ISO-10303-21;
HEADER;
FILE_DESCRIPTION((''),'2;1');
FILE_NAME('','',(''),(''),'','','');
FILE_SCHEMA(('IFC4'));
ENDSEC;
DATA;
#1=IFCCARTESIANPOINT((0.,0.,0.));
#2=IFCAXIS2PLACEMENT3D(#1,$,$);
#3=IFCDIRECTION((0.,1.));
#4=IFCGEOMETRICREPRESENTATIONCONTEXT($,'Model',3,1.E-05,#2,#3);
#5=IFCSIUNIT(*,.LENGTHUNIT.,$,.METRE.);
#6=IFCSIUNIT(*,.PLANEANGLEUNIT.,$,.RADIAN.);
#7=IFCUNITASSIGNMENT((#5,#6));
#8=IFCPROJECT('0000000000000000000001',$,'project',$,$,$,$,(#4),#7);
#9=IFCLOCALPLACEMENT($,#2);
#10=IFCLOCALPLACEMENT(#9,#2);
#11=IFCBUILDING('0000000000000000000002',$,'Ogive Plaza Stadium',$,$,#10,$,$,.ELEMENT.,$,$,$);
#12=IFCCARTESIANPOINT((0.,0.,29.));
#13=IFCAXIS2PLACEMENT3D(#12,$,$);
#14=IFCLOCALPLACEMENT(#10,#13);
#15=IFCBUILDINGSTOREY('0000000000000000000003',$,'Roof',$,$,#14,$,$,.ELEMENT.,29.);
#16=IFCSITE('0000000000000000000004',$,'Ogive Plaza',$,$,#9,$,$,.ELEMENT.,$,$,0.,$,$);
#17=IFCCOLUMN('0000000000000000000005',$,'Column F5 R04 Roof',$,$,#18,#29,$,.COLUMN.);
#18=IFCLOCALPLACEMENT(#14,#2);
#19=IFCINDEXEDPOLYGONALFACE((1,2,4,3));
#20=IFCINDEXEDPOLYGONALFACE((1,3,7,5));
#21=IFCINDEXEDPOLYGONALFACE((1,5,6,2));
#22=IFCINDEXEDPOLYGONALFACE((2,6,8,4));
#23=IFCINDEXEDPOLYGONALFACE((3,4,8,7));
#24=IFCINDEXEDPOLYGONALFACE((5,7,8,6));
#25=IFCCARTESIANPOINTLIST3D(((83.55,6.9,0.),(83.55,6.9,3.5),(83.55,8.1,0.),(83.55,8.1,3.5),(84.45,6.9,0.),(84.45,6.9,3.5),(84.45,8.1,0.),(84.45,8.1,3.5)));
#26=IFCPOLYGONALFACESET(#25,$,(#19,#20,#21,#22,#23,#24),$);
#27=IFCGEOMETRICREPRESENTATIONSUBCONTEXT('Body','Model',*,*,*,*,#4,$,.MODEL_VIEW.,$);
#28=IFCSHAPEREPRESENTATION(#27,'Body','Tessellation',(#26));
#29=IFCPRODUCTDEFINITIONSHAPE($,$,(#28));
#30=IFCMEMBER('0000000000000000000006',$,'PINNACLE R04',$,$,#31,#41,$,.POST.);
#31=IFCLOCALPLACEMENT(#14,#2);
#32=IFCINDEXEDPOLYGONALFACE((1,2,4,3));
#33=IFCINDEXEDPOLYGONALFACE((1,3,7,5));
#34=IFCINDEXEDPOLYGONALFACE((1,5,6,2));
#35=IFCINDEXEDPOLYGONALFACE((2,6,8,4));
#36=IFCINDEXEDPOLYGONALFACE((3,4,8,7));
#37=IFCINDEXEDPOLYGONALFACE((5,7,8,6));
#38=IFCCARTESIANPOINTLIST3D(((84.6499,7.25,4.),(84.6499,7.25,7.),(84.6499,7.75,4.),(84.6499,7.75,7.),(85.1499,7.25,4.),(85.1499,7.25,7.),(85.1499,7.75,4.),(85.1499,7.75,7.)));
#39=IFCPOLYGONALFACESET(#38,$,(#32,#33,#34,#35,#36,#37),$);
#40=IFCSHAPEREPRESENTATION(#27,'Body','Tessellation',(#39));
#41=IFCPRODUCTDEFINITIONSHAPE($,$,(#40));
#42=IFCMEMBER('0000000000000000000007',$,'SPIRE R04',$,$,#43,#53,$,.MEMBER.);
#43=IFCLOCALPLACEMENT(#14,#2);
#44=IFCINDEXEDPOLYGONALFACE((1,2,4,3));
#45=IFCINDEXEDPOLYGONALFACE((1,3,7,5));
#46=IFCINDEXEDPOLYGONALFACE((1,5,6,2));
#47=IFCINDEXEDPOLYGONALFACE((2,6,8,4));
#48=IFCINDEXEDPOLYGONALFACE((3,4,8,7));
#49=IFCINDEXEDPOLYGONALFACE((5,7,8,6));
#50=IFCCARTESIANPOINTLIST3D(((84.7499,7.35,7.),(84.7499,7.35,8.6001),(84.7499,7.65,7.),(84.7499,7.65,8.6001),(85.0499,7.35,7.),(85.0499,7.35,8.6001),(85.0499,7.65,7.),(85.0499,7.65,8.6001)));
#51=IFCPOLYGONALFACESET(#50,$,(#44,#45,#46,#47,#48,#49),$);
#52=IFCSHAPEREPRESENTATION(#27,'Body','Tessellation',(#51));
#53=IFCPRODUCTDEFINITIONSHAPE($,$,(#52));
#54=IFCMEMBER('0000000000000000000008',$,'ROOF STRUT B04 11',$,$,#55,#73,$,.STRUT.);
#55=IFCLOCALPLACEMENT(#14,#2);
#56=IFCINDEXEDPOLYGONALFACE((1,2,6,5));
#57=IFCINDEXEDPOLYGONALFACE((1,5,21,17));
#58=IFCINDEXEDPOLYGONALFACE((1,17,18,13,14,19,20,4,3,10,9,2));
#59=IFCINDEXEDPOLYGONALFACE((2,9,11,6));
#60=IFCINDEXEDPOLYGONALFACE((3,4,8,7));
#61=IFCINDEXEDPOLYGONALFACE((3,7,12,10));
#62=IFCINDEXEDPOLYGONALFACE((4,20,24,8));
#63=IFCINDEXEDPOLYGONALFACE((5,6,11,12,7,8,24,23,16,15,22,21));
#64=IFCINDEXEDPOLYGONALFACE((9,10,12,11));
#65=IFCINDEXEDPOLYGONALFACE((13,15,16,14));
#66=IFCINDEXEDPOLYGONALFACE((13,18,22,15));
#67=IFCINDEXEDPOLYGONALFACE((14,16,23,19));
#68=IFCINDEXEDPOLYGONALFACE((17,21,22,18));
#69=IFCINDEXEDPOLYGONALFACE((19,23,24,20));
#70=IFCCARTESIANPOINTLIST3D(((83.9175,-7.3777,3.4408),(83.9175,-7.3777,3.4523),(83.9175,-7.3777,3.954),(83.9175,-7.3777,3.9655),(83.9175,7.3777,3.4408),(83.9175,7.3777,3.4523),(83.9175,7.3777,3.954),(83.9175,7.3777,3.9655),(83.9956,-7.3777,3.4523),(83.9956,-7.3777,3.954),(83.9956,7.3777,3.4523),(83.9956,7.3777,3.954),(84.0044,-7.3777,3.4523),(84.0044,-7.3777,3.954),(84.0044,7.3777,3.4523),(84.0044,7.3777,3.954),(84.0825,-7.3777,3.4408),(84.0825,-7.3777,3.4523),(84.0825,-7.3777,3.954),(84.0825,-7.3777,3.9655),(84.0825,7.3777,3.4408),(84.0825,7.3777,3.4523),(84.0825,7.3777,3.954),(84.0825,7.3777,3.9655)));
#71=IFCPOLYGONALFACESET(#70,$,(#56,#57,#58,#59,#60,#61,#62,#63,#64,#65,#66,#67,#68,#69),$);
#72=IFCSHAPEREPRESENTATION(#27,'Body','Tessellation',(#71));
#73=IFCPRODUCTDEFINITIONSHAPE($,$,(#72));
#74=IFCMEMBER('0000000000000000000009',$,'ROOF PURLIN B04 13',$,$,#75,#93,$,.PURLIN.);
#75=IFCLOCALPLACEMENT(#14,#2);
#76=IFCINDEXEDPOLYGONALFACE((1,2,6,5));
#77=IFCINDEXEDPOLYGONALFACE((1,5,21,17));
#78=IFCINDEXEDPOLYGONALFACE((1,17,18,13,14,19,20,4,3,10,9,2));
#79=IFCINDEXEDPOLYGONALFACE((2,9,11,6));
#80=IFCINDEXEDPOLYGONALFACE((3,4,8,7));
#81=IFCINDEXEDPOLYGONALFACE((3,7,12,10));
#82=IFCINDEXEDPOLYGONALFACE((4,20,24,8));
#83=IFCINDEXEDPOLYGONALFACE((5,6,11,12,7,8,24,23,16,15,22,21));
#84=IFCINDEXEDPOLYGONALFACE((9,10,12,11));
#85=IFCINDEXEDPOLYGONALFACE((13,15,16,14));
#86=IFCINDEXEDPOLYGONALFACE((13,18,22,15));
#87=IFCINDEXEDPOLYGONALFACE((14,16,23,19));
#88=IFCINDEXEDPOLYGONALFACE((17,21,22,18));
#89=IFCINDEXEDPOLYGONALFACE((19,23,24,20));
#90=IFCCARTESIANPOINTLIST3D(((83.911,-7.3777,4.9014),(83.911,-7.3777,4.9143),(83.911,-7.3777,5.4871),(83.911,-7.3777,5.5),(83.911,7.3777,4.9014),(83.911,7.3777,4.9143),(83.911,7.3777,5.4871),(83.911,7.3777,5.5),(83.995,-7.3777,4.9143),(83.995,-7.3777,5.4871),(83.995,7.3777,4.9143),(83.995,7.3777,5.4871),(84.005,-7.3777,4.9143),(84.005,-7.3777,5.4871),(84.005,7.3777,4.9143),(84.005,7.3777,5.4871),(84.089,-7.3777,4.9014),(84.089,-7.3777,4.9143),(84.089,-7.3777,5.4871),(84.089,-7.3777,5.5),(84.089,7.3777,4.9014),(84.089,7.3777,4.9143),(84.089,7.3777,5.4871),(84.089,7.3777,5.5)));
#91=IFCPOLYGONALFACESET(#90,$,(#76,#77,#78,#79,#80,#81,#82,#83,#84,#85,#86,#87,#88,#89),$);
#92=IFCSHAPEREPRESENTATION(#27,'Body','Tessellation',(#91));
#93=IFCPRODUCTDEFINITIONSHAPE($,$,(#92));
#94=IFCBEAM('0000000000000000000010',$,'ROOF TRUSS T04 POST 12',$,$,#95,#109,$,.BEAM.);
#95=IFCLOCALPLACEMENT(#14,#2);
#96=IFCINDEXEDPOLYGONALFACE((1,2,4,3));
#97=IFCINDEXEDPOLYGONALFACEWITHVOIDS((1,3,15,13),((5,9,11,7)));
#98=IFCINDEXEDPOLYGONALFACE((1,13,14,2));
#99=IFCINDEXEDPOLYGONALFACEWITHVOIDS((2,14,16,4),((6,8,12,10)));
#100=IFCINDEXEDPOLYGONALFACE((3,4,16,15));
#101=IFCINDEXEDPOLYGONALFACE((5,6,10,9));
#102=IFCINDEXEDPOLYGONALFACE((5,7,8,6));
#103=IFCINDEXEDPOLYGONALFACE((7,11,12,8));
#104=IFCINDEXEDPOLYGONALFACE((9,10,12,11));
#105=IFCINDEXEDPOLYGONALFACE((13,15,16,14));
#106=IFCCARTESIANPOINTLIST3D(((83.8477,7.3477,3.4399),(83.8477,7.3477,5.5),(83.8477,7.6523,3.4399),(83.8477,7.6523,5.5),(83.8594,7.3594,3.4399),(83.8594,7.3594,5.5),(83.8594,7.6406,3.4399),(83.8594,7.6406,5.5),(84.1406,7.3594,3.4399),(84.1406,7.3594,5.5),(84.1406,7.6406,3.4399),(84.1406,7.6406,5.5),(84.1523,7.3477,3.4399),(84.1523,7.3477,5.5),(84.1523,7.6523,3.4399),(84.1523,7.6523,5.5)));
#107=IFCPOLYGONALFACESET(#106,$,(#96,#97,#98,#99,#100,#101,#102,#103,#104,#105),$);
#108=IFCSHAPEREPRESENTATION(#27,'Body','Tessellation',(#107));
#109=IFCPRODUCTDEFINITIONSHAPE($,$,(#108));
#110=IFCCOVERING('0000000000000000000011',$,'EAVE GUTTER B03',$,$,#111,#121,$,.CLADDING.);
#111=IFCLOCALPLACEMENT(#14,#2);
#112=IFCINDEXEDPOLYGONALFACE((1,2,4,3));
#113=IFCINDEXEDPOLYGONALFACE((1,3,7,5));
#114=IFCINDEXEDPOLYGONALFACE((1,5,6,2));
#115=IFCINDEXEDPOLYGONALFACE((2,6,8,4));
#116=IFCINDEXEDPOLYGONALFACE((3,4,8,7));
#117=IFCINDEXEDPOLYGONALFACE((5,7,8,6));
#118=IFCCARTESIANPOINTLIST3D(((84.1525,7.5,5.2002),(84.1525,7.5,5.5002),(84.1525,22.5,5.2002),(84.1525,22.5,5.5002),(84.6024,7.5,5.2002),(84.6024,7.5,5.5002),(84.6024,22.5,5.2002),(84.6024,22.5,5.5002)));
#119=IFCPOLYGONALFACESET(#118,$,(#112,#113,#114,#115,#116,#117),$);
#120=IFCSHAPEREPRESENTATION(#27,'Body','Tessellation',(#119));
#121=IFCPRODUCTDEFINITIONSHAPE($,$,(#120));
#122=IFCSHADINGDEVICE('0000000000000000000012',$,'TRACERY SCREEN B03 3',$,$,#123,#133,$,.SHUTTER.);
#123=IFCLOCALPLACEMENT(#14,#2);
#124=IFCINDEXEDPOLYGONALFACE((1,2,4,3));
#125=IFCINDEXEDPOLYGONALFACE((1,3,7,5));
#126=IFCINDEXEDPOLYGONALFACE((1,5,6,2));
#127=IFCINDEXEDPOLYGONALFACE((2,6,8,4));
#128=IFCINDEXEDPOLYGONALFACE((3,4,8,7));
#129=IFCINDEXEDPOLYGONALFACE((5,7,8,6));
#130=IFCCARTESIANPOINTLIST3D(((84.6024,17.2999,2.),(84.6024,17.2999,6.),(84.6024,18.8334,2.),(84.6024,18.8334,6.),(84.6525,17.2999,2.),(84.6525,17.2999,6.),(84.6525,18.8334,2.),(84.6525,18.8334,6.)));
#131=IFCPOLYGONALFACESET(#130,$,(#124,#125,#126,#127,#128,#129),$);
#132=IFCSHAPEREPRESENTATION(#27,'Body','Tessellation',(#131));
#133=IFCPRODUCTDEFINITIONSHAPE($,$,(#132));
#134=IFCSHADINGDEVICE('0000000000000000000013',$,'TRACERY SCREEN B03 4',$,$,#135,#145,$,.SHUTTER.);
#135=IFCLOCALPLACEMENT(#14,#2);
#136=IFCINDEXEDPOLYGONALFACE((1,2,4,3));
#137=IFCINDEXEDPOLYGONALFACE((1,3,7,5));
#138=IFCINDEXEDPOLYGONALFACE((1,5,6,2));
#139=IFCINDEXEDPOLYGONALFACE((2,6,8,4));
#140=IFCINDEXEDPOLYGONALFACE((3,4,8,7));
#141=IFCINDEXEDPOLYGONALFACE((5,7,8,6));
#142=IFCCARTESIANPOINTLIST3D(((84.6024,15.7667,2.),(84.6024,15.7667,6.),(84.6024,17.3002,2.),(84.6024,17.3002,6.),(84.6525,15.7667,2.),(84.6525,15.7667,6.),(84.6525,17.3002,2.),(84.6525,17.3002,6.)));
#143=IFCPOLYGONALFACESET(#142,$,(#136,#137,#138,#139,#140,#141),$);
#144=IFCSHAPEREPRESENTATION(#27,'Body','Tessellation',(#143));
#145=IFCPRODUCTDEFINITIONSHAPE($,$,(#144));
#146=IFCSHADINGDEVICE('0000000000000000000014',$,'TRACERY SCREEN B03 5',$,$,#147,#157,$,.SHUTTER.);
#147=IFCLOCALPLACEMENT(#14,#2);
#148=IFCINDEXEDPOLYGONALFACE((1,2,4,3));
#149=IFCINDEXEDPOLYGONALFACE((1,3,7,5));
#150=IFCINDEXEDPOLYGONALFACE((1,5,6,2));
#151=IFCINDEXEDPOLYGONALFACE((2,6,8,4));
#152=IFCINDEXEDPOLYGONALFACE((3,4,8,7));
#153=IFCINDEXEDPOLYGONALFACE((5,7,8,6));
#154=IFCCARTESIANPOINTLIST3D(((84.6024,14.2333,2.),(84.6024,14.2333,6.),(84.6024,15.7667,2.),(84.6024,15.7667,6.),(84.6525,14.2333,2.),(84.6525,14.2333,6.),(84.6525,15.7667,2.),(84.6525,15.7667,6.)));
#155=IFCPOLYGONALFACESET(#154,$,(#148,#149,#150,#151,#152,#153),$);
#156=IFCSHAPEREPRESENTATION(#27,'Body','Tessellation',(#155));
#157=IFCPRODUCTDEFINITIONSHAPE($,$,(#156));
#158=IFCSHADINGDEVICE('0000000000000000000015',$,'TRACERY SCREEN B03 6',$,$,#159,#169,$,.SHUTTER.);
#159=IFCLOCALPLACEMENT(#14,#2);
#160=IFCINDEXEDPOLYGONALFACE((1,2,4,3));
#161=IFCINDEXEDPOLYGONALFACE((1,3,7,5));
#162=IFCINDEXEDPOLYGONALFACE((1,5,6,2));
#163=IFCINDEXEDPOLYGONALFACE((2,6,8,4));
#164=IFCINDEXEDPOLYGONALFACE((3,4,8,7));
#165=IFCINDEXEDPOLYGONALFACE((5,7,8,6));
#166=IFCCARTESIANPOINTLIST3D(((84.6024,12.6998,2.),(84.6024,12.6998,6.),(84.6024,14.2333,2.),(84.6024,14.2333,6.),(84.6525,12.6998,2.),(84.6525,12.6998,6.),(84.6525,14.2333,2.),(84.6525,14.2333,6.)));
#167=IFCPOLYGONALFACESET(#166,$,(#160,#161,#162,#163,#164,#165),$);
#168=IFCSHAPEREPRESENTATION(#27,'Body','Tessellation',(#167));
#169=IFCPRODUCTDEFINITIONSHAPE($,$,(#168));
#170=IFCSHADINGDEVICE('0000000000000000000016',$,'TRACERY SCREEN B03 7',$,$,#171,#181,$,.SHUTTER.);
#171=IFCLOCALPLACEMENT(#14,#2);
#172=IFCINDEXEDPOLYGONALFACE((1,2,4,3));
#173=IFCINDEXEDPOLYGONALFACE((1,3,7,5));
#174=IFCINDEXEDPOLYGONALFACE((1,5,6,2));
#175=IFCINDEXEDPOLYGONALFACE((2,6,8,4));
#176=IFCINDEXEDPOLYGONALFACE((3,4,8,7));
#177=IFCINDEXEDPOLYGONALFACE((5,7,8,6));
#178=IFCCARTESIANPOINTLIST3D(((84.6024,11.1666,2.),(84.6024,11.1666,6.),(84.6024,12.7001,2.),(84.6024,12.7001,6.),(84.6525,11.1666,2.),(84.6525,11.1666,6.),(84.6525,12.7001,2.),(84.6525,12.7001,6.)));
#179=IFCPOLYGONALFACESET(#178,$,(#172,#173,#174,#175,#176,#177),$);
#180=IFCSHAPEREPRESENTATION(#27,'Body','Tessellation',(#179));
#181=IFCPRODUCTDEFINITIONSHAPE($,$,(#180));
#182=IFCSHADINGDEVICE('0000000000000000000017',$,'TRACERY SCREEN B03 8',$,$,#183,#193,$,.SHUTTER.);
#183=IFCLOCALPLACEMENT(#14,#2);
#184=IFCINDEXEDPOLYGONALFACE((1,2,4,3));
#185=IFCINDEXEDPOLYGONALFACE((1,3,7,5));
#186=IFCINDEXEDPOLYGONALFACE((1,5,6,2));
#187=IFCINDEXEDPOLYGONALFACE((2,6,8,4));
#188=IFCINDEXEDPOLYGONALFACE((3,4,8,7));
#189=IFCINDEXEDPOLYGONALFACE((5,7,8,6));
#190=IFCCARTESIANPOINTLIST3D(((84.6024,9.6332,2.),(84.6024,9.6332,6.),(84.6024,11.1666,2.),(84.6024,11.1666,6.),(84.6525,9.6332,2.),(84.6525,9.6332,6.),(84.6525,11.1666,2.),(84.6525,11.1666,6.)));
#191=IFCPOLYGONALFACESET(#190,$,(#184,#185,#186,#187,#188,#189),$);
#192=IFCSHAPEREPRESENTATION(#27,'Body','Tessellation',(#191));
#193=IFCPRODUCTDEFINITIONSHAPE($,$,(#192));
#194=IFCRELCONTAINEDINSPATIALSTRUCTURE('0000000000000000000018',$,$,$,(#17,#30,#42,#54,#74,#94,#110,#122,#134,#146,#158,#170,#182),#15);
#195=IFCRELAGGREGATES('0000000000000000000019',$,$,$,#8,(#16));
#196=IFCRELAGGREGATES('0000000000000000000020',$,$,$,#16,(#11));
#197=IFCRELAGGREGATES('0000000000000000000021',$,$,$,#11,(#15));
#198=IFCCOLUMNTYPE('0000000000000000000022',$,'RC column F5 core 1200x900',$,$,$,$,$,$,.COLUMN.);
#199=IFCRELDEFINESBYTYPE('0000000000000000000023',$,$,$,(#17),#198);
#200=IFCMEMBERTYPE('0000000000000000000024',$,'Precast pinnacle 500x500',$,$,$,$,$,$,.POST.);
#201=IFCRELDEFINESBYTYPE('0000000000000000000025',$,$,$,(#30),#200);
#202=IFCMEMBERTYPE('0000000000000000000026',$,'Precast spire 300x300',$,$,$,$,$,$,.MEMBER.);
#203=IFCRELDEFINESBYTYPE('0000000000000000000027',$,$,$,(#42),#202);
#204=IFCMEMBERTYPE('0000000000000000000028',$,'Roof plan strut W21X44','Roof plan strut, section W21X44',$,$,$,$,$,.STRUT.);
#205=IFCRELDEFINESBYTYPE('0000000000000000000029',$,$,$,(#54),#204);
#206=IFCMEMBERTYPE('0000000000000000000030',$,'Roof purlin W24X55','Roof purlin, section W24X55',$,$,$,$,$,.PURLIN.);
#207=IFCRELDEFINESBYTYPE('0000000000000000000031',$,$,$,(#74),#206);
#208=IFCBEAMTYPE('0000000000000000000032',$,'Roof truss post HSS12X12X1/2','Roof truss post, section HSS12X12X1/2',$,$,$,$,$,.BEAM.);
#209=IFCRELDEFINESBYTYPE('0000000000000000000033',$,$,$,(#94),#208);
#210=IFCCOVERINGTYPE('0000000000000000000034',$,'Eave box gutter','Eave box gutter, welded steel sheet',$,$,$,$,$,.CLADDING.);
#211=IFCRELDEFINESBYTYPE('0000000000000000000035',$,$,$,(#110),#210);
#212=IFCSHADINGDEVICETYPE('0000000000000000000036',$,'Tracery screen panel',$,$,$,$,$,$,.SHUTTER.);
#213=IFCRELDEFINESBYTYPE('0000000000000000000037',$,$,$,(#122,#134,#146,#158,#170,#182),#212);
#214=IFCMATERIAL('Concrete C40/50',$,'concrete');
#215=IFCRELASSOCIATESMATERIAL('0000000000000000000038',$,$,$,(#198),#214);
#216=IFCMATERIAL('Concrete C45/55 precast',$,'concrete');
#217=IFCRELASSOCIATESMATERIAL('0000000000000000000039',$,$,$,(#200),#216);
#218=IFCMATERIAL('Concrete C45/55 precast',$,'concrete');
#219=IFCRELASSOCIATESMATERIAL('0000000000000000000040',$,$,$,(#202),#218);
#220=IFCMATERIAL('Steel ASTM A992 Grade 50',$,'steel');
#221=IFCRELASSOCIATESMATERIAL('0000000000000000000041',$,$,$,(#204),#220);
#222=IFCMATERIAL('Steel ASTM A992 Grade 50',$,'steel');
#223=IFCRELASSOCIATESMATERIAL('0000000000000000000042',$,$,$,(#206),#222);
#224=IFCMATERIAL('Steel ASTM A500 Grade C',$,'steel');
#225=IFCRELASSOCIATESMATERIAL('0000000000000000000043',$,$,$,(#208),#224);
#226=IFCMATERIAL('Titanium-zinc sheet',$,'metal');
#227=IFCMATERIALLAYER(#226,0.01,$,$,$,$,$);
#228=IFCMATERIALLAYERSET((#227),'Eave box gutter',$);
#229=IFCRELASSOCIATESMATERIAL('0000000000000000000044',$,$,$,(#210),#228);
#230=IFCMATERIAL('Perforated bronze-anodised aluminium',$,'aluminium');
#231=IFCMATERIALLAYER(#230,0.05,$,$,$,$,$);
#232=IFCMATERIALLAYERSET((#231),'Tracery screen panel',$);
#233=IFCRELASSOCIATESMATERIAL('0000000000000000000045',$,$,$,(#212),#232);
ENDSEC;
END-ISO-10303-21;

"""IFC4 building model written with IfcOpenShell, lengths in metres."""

from ifc_helpers import new_model, si_unit, direction, frame, origin, origin_2d, place, context, subcontext, project, spatial, rectangle, hollow_rectangle, i_section, extrude, material, layer, layer_set, material_profile, profile_set, type_object, element, save


model = new_model("IFC4")

# Units and contexts
model_context = context("Model", 3, precision=1e-05, world=origin(), true_north=direction((0.0, 1.0)))
body_context = subcontext(model_context, "Body", "Model", "MODEL_VIEW")
ifc_project = project(units=[si_unit("LENGTHUNIT", "METRE"), si_unit("PLANEANGLEUNIT", "RADIAN")], contexts=[model_context])

# Site, building, storey
site_placement = place(None, origin())
site = spatial("IfcSite", under=ifc_project, at=site_placement, Name="Ogive Plaza", CompositionType="ELEMENT", RefElevation=0.0)
building_placement = place(site_placement, origin())
building = spatial("IfcBuilding", under=site, at=building_placement, Name="Ogive Plaza Stadium", CompositionType="ELEMENT")
storey_placement = place(building_placement, frame((0.0, 0.0, 29.0)))
storey = spatial("IfcBuildingStorey", under=building, at=storey_placement, Name="Roof", CompositionType="ELEMENT", Elevation=29.0)

# Column
ifc_material_1 = material(Name="Concrete C40/50", Category="concrete")
ifc_material_profile_1 = material_profile(ifc_material_1, rectangle(XDim=1.2, YDim=0.8999, at=origin_2d()), Name="RC 1200x900")
ifc_profile_set_1 = profile_set([ifc_material_profile_1], Name="Concrete C40/50")
column_type = type_object("IfcColumnType", Name="RC column F5 core 1200x900", PredefinedType="COLUMN", material=ifc_profile_set_1)
column_placement = place(storey_placement, frame((84.0, 7.5, 0.0), z_axis=(0.0, 0.0, 1.0), x_axis=(0.0, 1.0, 0.0)))
element("IfcColumn", 1, at=column_placement, inside=storey, type_object=column_type, Name="Column F5 R04 Roof", PredefinedType="COLUMN", context=body_context, shape_type="SweptSolid", body=[
    extrude(rectangle(XDim=1.2, YDim=0.8999, at=origin_2d()), origin(), (0.0, 0.0, 1.0), 3.5),
])

# Members
ifc_material_2 = material(Name="Concrete C45/55 precast", Category="concrete")
ifc_material_profile_2 = material_profile(ifc_material_2, rectangle(XDim=0.5, YDim=0.5, at=origin_2d()), Name="RC 500x500")
ifc_profile_set_2 = profile_set([ifc_material_profile_2], Name="Concrete C45/55 precast")
member_type_1 = type_object("IfcMemberType", Name="Precast pinnacle 500x500", PredefinedType="POST", material=ifc_profile_set_2)
member_1_placement = place(storey_placement, frame((84.8999, 7.5, 4.0), z_axis=(0.0, 0.0, 1.0), x_axis=(0.0, 1.0, 0.0)))
element("IfcMember", 2, at=member_1_placement, inside=storey, type_object=member_type_1, Name="PINNACLE R04", PredefinedType="POST", context=body_context, shape_type="SweptSolid", body=[
    extrude(rectangle(XDim=0.5, YDim=0.5, at=origin_2d()), origin(), (0.0, 0.0, 1.0), 3.0),
])
ifc_material_3 = material(Name="Concrete C45/55 precast", Category="concrete")
ifc_material_profile_3 = material_profile(ifc_material_3, rectangle(XDim=0.3, YDim=0.3, at=origin_2d()), Name="RC 300x300")
ifc_profile_set_3 = profile_set([ifc_material_profile_3], Name="Concrete C45/55 precast")
member_type_2 = type_object("IfcMemberType", Name="Precast spire 300x300", PredefinedType="MEMBER", material=ifc_profile_set_3)
member_2_placement = place(storey_placement, frame((84.8999, 7.5, 7.0), z_axis=(0.0, 0.0, 1.0), x_axis=(0.0, 1.0, 0.0)))
element("IfcMember", 3, at=member_2_placement, inside=storey, type_object=member_type_2, Name="SPIRE R04", PredefinedType="MEMBER", context=body_context, shape_type="SweptSolid", body=[
    extrude(rectangle(XDim=0.3, YDim=0.3, at=origin_2d()), origin(), (0.0, 0.0, 1.0), 1.6001),
])
ifc_material_4 = material(Name="Steel ASTM A992 Grade 50", Category="steel")
ifc_material_profile_4 = material_profile(ifc_material_4, i_section(OverallWidth=0.165, OverallDepth=0.5247, WebThickness=0.0088, FlangeThickness=0.0115, at=origin_2d()), Name="W21X44")
ifc_profile_set_4 = profile_set([ifc_material_profile_4], Name="Steel ASTM A992 Grade 50")
member_type_3 = type_object("IfcMemberType", Name="Roof plan strut W21X44", Description="Roof plan strut, section W21X44", PredefinedType="STRUT", material=ifc_profile_set_4)
member_3_placement = place(storey_placement, frame((84.0, 7.3777, 3.7031), z_axis=(0.0, -1.0, 0.0), x_axis=(1.0, 0.0, 0.0)))
element("IfcMember", 4, at=member_3_placement, inside=storey, type_object=member_type_3, Name="ROOF STRUT B04 11", PredefinedType="STRUT", context=body_context, shape_type="SweptSolid", body=[
    extrude(i_section(OverallWidth=0.165, OverallDepth=0.5247, WebThickness=0.0088, FlangeThickness=0.0115, at=origin_2d()), origin(), (0.0, 0.0, 1.0), 14.7554),
])
ifc_material_5 = material(Name="Steel ASTM A992 Grade 50", Category="steel")
ifc_material_profile_5 = material_profile(ifc_material_5, i_section(OverallWidth=0.178, OverallDepth=0.5986, WebThickness=0.01, FlangeThickness=0.0129, at=origin_2d()), Name="W24X55")
ifc_profile_set_5 = profile_set([ifc_material_profile_5], Name="Steel ASTM A992 Grade 50")
member_type_4 = type_object("IfcMemberType", Name="Roof purlin W24X55", Description="Roof purlin, section W24X55", PredefinedType="PURLIN", material=ifc_profile_set_5)
member_4_placement = place(storey_placement, frame((84.0, 7.3777, 5.2007), z_axis=(0.0, -1.0, 0.0), x_axis=(1.0, 0.0, 0.0)))
element("IfcMember", 5, at=member_4_placement, inside=storey, type_object=member_type_4, Name="ROOF PURLIN B04 13", PredefinedType="PURLIN", context=body_context, shape_type="SweptSolid", body=[
    extrude(i_section(OverallWidth=0.178, OverallDepth=0.5986, WebThickness=0.01, FlangeThickness=0.0129, at=origin_2d()), origin(), (0.0, 0.0, 1.0), 14.7554),
])

# Beam
ifc_material_6 = material(Name="Steel ASTM A500 Grade C", Category="steel")
ifc_material_profile_6 = material_profile(ifc_material_6, hollow_rectangle(XDim=0.3047, YDim=0.3047, WallThickness=0.0117, at=origin_2d()), Name="HSS12X12X1/2")
ifc_profile_set_6 = profile_set([ifc_material_profile_6], Name="Steel ASTM A500 Grade C")
beam_type = type_object("IfcBeamType", Name="Roof truss post HSS12X12X1/2", Description="Roof truss post, section HSS12X12X1/2", PredefinedType="BEAM", material=ifc_profile_set_6)
beam_placement = place(storey_placement, frame((84.0, 7.5, 3.4399), z_axis=(0.0, 0.0, 1.0), x_axis=(0.0, 1.0, 0.0)))
element("IfcBeam", 6, at=beam_placement, inside=storey, type_object=beam_type, Name="ROOF TRUSS T04 POST 12", PredefinedType="BEAM", context=body_context, shape_type="SweptSolid", body=[
    extrude(hollow_rectangle(XDim=0.3047, YDim=0.3047, WallThickness=0.0117, at=origin_2d()), origin(), (0.0, 0.0, 1.0), 2.0601),
])

# Covering
ifc_material_7 = material(Name="Titanium-zinc sheet", Category="metal")
ifc_layer_1 = layer(ifc_material_7, 0.01)
ifc_layer_set_1 = layer_set([ifc_layer_1], Name="Eave box gutter")
covering_type = type_object("IfcCoveringType", Name="Eave box gutter", Description="Eave box gutter, welded steel sheet", PredefinedType="CLADDING", material=ifc_layer_set_1)
covering_placement = place(storey_placement, frame((84.3774, 15.0, 5.2002), z_axis=(0.0, 0.0, 1.0), x_axis=(0.0, -1.0, 0.0)))
element("IfcCovering", 7, at=covering_placement, inside=storey, type_object=covering_type, Name="EAVE GUTTER B03", PredefinedType="CLADDING", context=body_context, shape_type="SweptSolid", body=[
    extrude(rectangle(XDim=15.0, YDim=0.45, at=origin_2d()), origin(), (0.0, 0.0, 1.0), 0.3),
])

# Shading devices
ifc_material_8 = material(Name="Perforated bronze-anodised aluminium", Category="aluminium")
ifc_layer_2 = layer(ifc_material_8, 0.05)
ifc_layer_set_2 = layer_set([ifc_layer_2], Name="Tracery screen panel")
shading_device_type = type_object("IfcShadingDeviceType", Name="Tracery screen panel", PredefinedType="SHUTTER", material=ifc_layer_set_2)
for number, where, z_axis, x_axis, name in (
    (8, (84.6274, 18.0667, 2.0), (0.0, 0.0, 1.0), (0.0, -1.0, 0.0), "TRACERY SCREEN B03 3"),
    (9, (84.6274, 16.5334, 2.0), (0.0, 0.0, 1.0), (0.0, -1.0, 0.0), "TRACERY SCREEN B03 4"),
    (10, (84.6274, 15.0, 2.0), (0.0, 0.0, 1.0), (0.0, -1.0, 0.0), "TRACERY SCREEN B03 5"),
    (11, (84.6274, 13.4666, 2.0), (0.0, 0.0, 1.0), (0.0, -1.0, 0.0), "TRACERY SCREEN B03 6"),
    (12, (84.6274, 11.9333, 2.0), (0.0, 0.0, 1.0), (0.0, -1.0, 0.0), "TRACERY SCREEN B03 7"),
    (13, (84.6274, 10.3999, 2.0), (0.0, 0.0, 1.0), (0.0, -1.0, 0.0), "TRACERY SCREEN B03 8"),
):
    element("IfcShadingDevice", number, at=place(storey_placement, frame(where, z_axis=z_axis, x_axis=x_axis)), inside=storey, type_object=shading_device_type, Name=name, PredefinedType="SHUTTER", context=body_context, shape_type="SweptSolid", body=[
        extrude(rectangle(XDim=1.5334, YDim=0.05, at=origin_2d()), origin(), (0.0, 0.0, 1.0), 4.0),
    ])

save(model, "model.ifc")
